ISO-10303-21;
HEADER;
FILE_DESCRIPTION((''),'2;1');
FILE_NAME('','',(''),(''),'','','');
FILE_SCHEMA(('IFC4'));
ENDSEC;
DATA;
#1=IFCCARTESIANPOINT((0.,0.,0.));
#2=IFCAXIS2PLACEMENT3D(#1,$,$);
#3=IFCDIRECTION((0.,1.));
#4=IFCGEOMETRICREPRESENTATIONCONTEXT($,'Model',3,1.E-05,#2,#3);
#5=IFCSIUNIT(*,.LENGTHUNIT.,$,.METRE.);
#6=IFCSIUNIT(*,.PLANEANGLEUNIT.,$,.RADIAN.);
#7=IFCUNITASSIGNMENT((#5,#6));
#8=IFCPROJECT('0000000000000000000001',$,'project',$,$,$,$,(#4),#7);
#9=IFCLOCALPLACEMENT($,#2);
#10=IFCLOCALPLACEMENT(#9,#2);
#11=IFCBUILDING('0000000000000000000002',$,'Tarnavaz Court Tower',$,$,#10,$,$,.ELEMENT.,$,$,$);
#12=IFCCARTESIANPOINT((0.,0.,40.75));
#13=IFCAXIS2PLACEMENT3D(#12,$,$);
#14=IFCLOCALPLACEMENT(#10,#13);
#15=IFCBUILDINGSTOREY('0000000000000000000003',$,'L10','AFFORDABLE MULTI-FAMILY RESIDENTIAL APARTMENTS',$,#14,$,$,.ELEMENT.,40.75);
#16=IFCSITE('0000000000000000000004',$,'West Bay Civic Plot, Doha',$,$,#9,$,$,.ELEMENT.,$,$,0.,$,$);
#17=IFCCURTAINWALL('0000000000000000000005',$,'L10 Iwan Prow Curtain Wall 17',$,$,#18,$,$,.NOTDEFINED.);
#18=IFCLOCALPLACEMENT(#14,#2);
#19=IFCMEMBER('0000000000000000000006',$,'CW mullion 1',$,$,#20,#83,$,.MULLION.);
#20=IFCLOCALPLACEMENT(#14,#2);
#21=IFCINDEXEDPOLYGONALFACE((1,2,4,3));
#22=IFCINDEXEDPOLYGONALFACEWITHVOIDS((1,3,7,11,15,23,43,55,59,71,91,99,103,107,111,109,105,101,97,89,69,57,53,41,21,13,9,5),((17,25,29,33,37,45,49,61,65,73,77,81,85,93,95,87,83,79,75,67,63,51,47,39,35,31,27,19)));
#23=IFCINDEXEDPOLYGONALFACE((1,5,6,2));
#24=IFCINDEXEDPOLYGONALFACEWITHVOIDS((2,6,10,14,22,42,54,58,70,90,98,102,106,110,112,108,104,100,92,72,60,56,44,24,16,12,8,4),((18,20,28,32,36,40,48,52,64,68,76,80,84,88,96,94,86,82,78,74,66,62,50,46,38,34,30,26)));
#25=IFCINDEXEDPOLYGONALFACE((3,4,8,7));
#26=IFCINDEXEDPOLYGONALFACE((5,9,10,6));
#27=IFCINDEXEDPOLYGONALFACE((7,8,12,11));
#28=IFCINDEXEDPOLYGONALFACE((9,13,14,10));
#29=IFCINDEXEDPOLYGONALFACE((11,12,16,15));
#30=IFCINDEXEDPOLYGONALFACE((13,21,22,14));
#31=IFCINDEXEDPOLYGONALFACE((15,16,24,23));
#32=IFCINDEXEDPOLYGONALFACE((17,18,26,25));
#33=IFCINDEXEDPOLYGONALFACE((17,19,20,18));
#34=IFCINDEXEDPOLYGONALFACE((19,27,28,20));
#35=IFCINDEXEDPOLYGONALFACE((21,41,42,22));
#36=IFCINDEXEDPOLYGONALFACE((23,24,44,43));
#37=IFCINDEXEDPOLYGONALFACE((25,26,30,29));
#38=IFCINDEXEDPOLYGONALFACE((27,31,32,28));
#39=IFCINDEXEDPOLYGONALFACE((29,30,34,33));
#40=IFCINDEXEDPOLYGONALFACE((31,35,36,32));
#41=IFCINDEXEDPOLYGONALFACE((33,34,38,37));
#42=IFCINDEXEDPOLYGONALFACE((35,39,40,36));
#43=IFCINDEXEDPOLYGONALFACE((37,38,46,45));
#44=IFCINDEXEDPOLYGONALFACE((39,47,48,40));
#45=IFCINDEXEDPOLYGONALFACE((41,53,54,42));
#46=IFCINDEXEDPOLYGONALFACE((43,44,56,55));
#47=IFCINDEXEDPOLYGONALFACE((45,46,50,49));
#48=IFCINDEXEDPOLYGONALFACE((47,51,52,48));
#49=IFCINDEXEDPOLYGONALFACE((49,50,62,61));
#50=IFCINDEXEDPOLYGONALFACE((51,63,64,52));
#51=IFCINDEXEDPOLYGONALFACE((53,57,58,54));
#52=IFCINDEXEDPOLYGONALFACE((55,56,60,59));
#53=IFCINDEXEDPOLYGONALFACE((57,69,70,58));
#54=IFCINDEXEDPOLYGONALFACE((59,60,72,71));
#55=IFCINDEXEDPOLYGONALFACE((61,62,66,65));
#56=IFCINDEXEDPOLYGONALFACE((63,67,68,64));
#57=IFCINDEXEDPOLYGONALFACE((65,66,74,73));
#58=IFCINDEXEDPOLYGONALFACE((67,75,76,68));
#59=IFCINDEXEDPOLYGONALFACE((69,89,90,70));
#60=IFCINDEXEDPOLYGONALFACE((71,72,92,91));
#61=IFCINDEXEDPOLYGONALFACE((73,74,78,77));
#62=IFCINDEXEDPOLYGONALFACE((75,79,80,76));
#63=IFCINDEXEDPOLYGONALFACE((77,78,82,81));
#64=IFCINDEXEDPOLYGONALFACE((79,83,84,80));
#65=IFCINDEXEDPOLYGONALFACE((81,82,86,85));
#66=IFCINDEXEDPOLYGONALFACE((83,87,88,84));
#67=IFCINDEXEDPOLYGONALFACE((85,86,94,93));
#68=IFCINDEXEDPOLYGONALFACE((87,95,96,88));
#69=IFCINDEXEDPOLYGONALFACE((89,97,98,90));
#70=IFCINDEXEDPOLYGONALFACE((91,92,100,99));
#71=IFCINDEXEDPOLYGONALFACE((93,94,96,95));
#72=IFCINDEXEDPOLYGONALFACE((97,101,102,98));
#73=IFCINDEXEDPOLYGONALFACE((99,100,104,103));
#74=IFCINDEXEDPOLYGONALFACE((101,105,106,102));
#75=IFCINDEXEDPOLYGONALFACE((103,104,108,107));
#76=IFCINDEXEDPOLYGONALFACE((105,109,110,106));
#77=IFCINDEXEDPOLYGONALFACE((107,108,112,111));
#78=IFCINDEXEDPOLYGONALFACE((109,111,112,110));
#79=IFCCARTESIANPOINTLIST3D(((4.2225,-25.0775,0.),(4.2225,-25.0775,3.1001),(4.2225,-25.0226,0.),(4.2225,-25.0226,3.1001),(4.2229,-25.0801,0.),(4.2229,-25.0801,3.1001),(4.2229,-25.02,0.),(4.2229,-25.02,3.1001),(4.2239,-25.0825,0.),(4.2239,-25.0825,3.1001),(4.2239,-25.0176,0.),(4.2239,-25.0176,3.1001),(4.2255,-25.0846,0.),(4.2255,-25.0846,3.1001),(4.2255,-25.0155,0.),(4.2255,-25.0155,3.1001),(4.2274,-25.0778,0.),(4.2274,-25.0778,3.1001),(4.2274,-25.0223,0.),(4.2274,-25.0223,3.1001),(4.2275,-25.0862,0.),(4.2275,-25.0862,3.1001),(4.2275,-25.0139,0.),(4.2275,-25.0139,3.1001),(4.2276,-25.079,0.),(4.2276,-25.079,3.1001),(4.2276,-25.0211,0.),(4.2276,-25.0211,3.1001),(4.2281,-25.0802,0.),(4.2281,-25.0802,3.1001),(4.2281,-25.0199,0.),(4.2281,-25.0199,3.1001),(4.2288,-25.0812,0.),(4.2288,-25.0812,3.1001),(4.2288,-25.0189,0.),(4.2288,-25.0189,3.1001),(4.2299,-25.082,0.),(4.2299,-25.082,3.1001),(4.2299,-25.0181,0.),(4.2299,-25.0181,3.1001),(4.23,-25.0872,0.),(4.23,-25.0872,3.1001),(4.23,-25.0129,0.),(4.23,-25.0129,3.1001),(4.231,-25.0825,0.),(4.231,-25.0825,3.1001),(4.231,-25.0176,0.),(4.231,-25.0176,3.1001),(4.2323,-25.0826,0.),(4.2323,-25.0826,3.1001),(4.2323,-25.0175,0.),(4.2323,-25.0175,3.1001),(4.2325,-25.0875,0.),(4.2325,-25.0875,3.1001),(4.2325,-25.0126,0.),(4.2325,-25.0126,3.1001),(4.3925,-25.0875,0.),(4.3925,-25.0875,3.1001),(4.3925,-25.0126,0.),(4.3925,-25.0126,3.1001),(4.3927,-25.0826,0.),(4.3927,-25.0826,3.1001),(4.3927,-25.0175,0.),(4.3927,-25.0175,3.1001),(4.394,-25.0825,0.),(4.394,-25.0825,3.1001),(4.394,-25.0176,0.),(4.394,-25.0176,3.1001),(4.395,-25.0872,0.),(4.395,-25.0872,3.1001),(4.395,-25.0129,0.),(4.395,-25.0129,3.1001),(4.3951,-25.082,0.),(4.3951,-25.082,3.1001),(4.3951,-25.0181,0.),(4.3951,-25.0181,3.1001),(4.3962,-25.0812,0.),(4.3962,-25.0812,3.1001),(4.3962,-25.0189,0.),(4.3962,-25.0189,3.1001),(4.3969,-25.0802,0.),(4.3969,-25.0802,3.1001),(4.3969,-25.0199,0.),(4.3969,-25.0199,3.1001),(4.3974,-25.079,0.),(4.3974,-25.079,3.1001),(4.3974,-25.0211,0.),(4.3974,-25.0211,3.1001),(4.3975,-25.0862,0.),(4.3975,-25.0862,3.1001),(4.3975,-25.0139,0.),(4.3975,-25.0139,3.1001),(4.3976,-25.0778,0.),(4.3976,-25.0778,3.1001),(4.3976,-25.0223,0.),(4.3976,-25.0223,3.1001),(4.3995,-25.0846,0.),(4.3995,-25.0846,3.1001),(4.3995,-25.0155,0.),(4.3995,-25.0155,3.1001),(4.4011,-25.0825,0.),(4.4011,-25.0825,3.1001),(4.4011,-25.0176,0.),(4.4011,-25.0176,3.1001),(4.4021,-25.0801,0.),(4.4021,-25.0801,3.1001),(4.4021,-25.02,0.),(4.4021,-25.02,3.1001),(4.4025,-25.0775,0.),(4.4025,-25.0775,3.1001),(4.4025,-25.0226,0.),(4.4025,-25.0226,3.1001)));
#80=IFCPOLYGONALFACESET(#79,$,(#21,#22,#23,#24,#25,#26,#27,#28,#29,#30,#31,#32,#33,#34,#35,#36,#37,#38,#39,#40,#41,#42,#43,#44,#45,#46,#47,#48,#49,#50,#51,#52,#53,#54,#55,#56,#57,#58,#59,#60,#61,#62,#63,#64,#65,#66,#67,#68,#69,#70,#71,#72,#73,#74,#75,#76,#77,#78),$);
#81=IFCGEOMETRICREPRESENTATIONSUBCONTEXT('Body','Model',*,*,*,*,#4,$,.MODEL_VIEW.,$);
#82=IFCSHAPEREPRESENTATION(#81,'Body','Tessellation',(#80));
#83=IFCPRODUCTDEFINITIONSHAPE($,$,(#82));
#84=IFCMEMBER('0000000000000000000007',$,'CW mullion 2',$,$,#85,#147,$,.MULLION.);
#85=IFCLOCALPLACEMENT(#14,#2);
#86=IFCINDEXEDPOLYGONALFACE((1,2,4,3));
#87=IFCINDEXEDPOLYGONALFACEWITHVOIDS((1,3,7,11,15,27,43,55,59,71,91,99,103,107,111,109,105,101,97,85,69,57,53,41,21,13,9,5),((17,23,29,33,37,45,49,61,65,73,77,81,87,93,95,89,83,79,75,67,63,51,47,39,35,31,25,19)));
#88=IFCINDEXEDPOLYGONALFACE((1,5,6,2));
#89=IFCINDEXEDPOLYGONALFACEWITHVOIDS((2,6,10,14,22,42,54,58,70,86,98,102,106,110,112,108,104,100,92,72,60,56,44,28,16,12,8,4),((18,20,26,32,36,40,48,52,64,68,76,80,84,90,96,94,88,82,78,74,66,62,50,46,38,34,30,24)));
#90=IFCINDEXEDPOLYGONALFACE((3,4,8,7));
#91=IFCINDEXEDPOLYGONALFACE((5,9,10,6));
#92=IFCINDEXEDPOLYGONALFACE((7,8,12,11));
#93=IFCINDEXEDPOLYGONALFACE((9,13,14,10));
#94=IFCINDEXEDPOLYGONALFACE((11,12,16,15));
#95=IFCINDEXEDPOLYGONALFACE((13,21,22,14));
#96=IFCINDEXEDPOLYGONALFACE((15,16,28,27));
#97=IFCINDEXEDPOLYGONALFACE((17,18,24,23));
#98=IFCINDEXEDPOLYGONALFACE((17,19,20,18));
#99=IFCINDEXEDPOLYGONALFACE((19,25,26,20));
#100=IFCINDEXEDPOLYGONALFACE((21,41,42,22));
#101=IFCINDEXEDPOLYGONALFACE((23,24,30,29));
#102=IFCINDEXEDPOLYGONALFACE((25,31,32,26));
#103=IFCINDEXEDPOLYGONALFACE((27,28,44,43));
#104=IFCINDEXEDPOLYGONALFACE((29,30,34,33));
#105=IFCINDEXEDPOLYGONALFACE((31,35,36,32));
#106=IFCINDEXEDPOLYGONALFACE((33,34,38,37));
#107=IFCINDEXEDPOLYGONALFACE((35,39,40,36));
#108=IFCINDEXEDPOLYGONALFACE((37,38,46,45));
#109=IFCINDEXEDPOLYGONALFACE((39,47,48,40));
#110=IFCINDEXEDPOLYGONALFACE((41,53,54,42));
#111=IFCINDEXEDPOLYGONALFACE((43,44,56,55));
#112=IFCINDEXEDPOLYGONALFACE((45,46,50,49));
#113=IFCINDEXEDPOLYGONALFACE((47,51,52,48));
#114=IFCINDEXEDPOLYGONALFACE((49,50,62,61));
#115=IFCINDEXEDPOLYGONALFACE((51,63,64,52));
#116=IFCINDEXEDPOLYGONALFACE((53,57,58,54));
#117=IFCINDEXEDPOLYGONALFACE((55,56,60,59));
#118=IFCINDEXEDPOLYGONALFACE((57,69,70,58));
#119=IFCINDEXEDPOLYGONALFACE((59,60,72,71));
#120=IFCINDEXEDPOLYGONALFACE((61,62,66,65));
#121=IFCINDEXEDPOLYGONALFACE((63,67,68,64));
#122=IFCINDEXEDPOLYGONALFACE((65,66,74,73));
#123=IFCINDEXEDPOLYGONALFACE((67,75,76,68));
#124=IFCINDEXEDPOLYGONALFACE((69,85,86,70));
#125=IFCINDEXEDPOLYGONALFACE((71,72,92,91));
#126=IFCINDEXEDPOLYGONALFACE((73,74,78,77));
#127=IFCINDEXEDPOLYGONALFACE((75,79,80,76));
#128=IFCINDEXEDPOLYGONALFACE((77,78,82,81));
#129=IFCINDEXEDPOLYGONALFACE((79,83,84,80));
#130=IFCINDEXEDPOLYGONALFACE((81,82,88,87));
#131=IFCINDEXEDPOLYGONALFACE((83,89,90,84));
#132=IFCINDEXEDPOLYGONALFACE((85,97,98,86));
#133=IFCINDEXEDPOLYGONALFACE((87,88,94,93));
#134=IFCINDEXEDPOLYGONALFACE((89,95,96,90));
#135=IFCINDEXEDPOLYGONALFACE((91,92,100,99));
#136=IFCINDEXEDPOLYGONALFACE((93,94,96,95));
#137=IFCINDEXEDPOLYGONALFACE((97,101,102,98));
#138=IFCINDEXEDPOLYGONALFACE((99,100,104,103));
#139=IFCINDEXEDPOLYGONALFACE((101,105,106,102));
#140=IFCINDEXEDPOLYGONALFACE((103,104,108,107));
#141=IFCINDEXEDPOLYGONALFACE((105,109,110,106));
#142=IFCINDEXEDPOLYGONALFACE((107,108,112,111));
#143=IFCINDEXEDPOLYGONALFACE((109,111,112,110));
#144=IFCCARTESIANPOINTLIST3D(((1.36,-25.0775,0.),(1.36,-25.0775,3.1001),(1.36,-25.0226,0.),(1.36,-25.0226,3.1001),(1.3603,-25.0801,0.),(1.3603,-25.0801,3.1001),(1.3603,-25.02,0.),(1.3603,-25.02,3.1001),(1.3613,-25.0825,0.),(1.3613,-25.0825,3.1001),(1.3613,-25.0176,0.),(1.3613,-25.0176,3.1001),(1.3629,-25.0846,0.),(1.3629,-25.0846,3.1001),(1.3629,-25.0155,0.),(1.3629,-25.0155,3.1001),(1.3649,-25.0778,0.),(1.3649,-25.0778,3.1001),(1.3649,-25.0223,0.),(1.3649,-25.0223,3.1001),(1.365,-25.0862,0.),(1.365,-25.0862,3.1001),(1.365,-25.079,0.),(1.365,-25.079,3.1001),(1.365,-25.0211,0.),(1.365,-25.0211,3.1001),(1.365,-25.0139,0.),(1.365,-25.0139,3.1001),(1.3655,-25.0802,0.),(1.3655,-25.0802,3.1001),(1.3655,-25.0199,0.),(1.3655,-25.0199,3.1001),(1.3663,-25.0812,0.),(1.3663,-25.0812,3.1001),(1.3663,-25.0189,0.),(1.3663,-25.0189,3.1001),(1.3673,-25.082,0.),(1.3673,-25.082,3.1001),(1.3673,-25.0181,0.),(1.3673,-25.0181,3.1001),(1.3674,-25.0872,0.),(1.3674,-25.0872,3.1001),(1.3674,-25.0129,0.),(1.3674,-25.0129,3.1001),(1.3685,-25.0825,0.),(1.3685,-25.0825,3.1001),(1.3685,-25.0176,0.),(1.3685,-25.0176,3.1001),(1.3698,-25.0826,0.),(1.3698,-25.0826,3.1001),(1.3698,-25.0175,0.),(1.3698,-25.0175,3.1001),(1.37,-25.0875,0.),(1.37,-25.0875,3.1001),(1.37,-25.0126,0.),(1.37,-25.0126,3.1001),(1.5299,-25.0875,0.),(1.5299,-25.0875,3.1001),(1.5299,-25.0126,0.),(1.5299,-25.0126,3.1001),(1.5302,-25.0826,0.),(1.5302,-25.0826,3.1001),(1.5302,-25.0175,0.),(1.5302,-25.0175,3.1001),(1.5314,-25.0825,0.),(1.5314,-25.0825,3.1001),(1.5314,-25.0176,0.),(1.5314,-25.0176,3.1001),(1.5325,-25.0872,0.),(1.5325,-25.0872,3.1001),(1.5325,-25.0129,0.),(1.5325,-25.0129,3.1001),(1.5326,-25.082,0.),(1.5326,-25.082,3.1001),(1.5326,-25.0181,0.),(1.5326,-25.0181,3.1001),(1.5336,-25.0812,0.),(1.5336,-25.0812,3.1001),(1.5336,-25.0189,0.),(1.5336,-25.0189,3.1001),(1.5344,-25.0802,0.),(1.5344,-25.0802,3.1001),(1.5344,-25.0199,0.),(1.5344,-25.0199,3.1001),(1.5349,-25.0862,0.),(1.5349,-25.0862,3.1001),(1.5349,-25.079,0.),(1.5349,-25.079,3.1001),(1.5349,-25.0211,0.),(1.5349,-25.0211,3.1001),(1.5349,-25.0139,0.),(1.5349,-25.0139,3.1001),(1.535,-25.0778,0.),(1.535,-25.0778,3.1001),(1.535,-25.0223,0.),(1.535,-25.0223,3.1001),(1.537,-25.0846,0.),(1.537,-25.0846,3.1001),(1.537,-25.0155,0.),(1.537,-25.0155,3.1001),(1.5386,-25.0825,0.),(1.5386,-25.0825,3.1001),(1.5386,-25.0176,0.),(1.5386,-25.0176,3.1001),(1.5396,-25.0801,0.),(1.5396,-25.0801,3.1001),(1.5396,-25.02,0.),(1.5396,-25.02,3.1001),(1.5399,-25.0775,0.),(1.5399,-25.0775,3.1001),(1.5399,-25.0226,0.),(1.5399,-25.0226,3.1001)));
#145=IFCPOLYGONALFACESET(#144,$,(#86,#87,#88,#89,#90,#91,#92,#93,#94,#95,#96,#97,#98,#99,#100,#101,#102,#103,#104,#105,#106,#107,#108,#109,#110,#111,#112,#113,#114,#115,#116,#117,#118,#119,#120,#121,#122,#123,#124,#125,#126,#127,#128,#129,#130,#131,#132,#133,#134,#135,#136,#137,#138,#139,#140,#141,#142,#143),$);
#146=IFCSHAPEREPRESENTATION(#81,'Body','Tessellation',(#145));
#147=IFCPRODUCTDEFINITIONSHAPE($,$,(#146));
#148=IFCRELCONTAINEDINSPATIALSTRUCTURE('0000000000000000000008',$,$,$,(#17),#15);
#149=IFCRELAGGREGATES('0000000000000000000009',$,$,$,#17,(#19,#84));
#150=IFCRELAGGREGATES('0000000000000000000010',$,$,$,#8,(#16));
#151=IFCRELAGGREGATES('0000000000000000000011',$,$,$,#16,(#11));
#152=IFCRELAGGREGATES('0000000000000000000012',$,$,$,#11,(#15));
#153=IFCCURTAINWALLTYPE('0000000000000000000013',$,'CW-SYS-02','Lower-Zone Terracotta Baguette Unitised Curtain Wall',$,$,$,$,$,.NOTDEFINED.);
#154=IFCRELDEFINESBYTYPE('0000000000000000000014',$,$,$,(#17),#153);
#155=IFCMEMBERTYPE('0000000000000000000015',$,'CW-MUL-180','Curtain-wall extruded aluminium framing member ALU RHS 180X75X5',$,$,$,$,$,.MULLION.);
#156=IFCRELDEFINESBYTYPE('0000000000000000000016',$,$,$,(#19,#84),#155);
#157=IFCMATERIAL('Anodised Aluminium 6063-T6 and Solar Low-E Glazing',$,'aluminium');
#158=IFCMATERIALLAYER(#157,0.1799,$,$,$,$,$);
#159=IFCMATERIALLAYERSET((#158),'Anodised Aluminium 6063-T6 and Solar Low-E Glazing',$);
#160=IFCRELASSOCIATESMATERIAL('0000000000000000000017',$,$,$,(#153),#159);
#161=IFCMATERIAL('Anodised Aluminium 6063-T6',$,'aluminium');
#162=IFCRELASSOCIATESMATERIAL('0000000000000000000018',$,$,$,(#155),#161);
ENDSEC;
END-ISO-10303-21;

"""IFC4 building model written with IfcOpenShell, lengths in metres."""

from ifc_helpers import new_model, si_unit, direction, frame, origin, origin_2d, place, context, subcontext, project, spatial, hollow_rectangle, extrude, material, layer, layer_set, material_profile, profile_set, type_object, element, aggregate, save


model = new_model("IFC4")

# Units and contexts
model_context = context("Model", 3, precision=1e-05, world=origin(), true_north=direction((0.0, 1.0)))
body_context = subcontext(model_context, "Body", "Model", "MODEL_VIEW")
ifc_project = project(units=[si_unit("LENGTHUNIT", "METRE"), si_unit("PLANEANGLEUNIT", "RADIAN")], contexts=[model_context])

# Site, building, storey
site_placement = place(None, origin())
site = spatial("IfcSite", under=ifc_project, at=site_placement, Name="West Bay Civic Plot, Doha", CompositionType="ELEMENT", RefElevation=0.0)
building_placement = place(site_placement, origin())
building = spatial("IfcBuilding", under=site, at=building_placement, Name="Tarnavaz Court Tower", CompositionType="ELEMENT")
storey_placement = place(building_placement, frame((0.0, 0.0, 40.75)))
storey = spatial("IfcBuildingStorey", under=building, at=storey_placement, Name="L10", Description="AFFORDABLE MULTI-FAMILY RESIDENTIAL APARTMENTS", CompositionType="ELEMENT", Elevation=40.75)

# Curtain wall, members
ifc_material_1 = material(Name="Anodised Aluminium 6063-T6 and Solar Low-E Glazing", Category="aluminium")
ifc_layer_1 = layer(ifc_material_1, 0.1799)
ifc_layer_set_1 = layer_set([ifc_layer_1], Name="Anodised Aluminium 6063-T6 and Solar Low-E Glazing")
curtain_wall_type = type_object("IfcCurtainWallType", Name="CW-SYS-02", Description="Lower-Zone Terracotta Baguette Unitised Curtain Wall", PredefinedType="NOTDEFINED", material=ifc_layer_set_1)
curtain_wall_placement = place(storey_placement, origin())
curtain_wall = element("IfcCurtainWall", 1, at=curtain_wall_placement, inside=storey, type_object=curtain_wall_type, Name="L10 Iwan Prow Curtain Wall 17", PredefinedType="NOTDEFINED")
ifc_material_2 = material(Name="Anodised Aluminium 6063-T6", Category="aluminium")
ifc_material_profile_1 = material_profile(ifc_material_2, hollow_rectangle(XDim=0.075, YDim=0.1799, WallThickness=0.0049, InnerFilletRadius=0.0049, OuterFilletRadius=0.01, at=origin_2d()), Name="ALU RHS 180X75X5")
ifc_profile_set_1 = profile_set([ifc_material_profile_1], Name="Anodised Aluminium 6063-T6")
member_type_1 = type_object("IfcMemberType", Name="CW-MUL-180", Description="Curtain-wall extruded aluminium framing member ALU RHS 180X75X5", PredefinedType="MULLION", material=ifc_profile_set_1)
member_1_placement = place(storey_placement, frame((4.3125, -25.05, 0.0), z_axis=(0.0, 0.0, 1.0), x_axis=(0.0, -1.0, 0.0)))
member_1 = element("IfcMember", 2, at=member_1_placement, type_object=member_type_1, Name="CW mullion 1", PredefinedType="MULLION", context=body_context, shape_type="SweptSolid", body=[
    extrude(hollow_rectangle(XDim=0.075, YDim=0.1799, WallThickness=0.0049, InnerFilletRadius=0.0049, OuterFilletRadius=0.01, at=origin_2d()), origin(), (0.0, 0.0, 1.0), 3.1001),
])
member_2_placement = place(storey_placement, frame((1.45, -25.05, 0.0), z_axis=(0.0, 0.0, 1.0), x_axis=(0.0, -1.0, 0.0)))
member_2 = element("IfcMember", 3, at=member_2_placement, type_object=member_type_1, Name="CW mullion 2", PredefinedType="MULLION", context=body_context, shape_type="SweptSolid", body=[
    extrude(hollow_rectangle(XDim=0.075, YDim=0.1799, WallThickness=0.0049, InnerFilletRadius=0.0049, OuterFilletRadius=0.01, at=origin_2d()), origin(), (0.0, 0.0, 1.0), 3.1001),
])
aggregate(curtain_wall, [member_1, member_2])

save(model, "model.ifc")
